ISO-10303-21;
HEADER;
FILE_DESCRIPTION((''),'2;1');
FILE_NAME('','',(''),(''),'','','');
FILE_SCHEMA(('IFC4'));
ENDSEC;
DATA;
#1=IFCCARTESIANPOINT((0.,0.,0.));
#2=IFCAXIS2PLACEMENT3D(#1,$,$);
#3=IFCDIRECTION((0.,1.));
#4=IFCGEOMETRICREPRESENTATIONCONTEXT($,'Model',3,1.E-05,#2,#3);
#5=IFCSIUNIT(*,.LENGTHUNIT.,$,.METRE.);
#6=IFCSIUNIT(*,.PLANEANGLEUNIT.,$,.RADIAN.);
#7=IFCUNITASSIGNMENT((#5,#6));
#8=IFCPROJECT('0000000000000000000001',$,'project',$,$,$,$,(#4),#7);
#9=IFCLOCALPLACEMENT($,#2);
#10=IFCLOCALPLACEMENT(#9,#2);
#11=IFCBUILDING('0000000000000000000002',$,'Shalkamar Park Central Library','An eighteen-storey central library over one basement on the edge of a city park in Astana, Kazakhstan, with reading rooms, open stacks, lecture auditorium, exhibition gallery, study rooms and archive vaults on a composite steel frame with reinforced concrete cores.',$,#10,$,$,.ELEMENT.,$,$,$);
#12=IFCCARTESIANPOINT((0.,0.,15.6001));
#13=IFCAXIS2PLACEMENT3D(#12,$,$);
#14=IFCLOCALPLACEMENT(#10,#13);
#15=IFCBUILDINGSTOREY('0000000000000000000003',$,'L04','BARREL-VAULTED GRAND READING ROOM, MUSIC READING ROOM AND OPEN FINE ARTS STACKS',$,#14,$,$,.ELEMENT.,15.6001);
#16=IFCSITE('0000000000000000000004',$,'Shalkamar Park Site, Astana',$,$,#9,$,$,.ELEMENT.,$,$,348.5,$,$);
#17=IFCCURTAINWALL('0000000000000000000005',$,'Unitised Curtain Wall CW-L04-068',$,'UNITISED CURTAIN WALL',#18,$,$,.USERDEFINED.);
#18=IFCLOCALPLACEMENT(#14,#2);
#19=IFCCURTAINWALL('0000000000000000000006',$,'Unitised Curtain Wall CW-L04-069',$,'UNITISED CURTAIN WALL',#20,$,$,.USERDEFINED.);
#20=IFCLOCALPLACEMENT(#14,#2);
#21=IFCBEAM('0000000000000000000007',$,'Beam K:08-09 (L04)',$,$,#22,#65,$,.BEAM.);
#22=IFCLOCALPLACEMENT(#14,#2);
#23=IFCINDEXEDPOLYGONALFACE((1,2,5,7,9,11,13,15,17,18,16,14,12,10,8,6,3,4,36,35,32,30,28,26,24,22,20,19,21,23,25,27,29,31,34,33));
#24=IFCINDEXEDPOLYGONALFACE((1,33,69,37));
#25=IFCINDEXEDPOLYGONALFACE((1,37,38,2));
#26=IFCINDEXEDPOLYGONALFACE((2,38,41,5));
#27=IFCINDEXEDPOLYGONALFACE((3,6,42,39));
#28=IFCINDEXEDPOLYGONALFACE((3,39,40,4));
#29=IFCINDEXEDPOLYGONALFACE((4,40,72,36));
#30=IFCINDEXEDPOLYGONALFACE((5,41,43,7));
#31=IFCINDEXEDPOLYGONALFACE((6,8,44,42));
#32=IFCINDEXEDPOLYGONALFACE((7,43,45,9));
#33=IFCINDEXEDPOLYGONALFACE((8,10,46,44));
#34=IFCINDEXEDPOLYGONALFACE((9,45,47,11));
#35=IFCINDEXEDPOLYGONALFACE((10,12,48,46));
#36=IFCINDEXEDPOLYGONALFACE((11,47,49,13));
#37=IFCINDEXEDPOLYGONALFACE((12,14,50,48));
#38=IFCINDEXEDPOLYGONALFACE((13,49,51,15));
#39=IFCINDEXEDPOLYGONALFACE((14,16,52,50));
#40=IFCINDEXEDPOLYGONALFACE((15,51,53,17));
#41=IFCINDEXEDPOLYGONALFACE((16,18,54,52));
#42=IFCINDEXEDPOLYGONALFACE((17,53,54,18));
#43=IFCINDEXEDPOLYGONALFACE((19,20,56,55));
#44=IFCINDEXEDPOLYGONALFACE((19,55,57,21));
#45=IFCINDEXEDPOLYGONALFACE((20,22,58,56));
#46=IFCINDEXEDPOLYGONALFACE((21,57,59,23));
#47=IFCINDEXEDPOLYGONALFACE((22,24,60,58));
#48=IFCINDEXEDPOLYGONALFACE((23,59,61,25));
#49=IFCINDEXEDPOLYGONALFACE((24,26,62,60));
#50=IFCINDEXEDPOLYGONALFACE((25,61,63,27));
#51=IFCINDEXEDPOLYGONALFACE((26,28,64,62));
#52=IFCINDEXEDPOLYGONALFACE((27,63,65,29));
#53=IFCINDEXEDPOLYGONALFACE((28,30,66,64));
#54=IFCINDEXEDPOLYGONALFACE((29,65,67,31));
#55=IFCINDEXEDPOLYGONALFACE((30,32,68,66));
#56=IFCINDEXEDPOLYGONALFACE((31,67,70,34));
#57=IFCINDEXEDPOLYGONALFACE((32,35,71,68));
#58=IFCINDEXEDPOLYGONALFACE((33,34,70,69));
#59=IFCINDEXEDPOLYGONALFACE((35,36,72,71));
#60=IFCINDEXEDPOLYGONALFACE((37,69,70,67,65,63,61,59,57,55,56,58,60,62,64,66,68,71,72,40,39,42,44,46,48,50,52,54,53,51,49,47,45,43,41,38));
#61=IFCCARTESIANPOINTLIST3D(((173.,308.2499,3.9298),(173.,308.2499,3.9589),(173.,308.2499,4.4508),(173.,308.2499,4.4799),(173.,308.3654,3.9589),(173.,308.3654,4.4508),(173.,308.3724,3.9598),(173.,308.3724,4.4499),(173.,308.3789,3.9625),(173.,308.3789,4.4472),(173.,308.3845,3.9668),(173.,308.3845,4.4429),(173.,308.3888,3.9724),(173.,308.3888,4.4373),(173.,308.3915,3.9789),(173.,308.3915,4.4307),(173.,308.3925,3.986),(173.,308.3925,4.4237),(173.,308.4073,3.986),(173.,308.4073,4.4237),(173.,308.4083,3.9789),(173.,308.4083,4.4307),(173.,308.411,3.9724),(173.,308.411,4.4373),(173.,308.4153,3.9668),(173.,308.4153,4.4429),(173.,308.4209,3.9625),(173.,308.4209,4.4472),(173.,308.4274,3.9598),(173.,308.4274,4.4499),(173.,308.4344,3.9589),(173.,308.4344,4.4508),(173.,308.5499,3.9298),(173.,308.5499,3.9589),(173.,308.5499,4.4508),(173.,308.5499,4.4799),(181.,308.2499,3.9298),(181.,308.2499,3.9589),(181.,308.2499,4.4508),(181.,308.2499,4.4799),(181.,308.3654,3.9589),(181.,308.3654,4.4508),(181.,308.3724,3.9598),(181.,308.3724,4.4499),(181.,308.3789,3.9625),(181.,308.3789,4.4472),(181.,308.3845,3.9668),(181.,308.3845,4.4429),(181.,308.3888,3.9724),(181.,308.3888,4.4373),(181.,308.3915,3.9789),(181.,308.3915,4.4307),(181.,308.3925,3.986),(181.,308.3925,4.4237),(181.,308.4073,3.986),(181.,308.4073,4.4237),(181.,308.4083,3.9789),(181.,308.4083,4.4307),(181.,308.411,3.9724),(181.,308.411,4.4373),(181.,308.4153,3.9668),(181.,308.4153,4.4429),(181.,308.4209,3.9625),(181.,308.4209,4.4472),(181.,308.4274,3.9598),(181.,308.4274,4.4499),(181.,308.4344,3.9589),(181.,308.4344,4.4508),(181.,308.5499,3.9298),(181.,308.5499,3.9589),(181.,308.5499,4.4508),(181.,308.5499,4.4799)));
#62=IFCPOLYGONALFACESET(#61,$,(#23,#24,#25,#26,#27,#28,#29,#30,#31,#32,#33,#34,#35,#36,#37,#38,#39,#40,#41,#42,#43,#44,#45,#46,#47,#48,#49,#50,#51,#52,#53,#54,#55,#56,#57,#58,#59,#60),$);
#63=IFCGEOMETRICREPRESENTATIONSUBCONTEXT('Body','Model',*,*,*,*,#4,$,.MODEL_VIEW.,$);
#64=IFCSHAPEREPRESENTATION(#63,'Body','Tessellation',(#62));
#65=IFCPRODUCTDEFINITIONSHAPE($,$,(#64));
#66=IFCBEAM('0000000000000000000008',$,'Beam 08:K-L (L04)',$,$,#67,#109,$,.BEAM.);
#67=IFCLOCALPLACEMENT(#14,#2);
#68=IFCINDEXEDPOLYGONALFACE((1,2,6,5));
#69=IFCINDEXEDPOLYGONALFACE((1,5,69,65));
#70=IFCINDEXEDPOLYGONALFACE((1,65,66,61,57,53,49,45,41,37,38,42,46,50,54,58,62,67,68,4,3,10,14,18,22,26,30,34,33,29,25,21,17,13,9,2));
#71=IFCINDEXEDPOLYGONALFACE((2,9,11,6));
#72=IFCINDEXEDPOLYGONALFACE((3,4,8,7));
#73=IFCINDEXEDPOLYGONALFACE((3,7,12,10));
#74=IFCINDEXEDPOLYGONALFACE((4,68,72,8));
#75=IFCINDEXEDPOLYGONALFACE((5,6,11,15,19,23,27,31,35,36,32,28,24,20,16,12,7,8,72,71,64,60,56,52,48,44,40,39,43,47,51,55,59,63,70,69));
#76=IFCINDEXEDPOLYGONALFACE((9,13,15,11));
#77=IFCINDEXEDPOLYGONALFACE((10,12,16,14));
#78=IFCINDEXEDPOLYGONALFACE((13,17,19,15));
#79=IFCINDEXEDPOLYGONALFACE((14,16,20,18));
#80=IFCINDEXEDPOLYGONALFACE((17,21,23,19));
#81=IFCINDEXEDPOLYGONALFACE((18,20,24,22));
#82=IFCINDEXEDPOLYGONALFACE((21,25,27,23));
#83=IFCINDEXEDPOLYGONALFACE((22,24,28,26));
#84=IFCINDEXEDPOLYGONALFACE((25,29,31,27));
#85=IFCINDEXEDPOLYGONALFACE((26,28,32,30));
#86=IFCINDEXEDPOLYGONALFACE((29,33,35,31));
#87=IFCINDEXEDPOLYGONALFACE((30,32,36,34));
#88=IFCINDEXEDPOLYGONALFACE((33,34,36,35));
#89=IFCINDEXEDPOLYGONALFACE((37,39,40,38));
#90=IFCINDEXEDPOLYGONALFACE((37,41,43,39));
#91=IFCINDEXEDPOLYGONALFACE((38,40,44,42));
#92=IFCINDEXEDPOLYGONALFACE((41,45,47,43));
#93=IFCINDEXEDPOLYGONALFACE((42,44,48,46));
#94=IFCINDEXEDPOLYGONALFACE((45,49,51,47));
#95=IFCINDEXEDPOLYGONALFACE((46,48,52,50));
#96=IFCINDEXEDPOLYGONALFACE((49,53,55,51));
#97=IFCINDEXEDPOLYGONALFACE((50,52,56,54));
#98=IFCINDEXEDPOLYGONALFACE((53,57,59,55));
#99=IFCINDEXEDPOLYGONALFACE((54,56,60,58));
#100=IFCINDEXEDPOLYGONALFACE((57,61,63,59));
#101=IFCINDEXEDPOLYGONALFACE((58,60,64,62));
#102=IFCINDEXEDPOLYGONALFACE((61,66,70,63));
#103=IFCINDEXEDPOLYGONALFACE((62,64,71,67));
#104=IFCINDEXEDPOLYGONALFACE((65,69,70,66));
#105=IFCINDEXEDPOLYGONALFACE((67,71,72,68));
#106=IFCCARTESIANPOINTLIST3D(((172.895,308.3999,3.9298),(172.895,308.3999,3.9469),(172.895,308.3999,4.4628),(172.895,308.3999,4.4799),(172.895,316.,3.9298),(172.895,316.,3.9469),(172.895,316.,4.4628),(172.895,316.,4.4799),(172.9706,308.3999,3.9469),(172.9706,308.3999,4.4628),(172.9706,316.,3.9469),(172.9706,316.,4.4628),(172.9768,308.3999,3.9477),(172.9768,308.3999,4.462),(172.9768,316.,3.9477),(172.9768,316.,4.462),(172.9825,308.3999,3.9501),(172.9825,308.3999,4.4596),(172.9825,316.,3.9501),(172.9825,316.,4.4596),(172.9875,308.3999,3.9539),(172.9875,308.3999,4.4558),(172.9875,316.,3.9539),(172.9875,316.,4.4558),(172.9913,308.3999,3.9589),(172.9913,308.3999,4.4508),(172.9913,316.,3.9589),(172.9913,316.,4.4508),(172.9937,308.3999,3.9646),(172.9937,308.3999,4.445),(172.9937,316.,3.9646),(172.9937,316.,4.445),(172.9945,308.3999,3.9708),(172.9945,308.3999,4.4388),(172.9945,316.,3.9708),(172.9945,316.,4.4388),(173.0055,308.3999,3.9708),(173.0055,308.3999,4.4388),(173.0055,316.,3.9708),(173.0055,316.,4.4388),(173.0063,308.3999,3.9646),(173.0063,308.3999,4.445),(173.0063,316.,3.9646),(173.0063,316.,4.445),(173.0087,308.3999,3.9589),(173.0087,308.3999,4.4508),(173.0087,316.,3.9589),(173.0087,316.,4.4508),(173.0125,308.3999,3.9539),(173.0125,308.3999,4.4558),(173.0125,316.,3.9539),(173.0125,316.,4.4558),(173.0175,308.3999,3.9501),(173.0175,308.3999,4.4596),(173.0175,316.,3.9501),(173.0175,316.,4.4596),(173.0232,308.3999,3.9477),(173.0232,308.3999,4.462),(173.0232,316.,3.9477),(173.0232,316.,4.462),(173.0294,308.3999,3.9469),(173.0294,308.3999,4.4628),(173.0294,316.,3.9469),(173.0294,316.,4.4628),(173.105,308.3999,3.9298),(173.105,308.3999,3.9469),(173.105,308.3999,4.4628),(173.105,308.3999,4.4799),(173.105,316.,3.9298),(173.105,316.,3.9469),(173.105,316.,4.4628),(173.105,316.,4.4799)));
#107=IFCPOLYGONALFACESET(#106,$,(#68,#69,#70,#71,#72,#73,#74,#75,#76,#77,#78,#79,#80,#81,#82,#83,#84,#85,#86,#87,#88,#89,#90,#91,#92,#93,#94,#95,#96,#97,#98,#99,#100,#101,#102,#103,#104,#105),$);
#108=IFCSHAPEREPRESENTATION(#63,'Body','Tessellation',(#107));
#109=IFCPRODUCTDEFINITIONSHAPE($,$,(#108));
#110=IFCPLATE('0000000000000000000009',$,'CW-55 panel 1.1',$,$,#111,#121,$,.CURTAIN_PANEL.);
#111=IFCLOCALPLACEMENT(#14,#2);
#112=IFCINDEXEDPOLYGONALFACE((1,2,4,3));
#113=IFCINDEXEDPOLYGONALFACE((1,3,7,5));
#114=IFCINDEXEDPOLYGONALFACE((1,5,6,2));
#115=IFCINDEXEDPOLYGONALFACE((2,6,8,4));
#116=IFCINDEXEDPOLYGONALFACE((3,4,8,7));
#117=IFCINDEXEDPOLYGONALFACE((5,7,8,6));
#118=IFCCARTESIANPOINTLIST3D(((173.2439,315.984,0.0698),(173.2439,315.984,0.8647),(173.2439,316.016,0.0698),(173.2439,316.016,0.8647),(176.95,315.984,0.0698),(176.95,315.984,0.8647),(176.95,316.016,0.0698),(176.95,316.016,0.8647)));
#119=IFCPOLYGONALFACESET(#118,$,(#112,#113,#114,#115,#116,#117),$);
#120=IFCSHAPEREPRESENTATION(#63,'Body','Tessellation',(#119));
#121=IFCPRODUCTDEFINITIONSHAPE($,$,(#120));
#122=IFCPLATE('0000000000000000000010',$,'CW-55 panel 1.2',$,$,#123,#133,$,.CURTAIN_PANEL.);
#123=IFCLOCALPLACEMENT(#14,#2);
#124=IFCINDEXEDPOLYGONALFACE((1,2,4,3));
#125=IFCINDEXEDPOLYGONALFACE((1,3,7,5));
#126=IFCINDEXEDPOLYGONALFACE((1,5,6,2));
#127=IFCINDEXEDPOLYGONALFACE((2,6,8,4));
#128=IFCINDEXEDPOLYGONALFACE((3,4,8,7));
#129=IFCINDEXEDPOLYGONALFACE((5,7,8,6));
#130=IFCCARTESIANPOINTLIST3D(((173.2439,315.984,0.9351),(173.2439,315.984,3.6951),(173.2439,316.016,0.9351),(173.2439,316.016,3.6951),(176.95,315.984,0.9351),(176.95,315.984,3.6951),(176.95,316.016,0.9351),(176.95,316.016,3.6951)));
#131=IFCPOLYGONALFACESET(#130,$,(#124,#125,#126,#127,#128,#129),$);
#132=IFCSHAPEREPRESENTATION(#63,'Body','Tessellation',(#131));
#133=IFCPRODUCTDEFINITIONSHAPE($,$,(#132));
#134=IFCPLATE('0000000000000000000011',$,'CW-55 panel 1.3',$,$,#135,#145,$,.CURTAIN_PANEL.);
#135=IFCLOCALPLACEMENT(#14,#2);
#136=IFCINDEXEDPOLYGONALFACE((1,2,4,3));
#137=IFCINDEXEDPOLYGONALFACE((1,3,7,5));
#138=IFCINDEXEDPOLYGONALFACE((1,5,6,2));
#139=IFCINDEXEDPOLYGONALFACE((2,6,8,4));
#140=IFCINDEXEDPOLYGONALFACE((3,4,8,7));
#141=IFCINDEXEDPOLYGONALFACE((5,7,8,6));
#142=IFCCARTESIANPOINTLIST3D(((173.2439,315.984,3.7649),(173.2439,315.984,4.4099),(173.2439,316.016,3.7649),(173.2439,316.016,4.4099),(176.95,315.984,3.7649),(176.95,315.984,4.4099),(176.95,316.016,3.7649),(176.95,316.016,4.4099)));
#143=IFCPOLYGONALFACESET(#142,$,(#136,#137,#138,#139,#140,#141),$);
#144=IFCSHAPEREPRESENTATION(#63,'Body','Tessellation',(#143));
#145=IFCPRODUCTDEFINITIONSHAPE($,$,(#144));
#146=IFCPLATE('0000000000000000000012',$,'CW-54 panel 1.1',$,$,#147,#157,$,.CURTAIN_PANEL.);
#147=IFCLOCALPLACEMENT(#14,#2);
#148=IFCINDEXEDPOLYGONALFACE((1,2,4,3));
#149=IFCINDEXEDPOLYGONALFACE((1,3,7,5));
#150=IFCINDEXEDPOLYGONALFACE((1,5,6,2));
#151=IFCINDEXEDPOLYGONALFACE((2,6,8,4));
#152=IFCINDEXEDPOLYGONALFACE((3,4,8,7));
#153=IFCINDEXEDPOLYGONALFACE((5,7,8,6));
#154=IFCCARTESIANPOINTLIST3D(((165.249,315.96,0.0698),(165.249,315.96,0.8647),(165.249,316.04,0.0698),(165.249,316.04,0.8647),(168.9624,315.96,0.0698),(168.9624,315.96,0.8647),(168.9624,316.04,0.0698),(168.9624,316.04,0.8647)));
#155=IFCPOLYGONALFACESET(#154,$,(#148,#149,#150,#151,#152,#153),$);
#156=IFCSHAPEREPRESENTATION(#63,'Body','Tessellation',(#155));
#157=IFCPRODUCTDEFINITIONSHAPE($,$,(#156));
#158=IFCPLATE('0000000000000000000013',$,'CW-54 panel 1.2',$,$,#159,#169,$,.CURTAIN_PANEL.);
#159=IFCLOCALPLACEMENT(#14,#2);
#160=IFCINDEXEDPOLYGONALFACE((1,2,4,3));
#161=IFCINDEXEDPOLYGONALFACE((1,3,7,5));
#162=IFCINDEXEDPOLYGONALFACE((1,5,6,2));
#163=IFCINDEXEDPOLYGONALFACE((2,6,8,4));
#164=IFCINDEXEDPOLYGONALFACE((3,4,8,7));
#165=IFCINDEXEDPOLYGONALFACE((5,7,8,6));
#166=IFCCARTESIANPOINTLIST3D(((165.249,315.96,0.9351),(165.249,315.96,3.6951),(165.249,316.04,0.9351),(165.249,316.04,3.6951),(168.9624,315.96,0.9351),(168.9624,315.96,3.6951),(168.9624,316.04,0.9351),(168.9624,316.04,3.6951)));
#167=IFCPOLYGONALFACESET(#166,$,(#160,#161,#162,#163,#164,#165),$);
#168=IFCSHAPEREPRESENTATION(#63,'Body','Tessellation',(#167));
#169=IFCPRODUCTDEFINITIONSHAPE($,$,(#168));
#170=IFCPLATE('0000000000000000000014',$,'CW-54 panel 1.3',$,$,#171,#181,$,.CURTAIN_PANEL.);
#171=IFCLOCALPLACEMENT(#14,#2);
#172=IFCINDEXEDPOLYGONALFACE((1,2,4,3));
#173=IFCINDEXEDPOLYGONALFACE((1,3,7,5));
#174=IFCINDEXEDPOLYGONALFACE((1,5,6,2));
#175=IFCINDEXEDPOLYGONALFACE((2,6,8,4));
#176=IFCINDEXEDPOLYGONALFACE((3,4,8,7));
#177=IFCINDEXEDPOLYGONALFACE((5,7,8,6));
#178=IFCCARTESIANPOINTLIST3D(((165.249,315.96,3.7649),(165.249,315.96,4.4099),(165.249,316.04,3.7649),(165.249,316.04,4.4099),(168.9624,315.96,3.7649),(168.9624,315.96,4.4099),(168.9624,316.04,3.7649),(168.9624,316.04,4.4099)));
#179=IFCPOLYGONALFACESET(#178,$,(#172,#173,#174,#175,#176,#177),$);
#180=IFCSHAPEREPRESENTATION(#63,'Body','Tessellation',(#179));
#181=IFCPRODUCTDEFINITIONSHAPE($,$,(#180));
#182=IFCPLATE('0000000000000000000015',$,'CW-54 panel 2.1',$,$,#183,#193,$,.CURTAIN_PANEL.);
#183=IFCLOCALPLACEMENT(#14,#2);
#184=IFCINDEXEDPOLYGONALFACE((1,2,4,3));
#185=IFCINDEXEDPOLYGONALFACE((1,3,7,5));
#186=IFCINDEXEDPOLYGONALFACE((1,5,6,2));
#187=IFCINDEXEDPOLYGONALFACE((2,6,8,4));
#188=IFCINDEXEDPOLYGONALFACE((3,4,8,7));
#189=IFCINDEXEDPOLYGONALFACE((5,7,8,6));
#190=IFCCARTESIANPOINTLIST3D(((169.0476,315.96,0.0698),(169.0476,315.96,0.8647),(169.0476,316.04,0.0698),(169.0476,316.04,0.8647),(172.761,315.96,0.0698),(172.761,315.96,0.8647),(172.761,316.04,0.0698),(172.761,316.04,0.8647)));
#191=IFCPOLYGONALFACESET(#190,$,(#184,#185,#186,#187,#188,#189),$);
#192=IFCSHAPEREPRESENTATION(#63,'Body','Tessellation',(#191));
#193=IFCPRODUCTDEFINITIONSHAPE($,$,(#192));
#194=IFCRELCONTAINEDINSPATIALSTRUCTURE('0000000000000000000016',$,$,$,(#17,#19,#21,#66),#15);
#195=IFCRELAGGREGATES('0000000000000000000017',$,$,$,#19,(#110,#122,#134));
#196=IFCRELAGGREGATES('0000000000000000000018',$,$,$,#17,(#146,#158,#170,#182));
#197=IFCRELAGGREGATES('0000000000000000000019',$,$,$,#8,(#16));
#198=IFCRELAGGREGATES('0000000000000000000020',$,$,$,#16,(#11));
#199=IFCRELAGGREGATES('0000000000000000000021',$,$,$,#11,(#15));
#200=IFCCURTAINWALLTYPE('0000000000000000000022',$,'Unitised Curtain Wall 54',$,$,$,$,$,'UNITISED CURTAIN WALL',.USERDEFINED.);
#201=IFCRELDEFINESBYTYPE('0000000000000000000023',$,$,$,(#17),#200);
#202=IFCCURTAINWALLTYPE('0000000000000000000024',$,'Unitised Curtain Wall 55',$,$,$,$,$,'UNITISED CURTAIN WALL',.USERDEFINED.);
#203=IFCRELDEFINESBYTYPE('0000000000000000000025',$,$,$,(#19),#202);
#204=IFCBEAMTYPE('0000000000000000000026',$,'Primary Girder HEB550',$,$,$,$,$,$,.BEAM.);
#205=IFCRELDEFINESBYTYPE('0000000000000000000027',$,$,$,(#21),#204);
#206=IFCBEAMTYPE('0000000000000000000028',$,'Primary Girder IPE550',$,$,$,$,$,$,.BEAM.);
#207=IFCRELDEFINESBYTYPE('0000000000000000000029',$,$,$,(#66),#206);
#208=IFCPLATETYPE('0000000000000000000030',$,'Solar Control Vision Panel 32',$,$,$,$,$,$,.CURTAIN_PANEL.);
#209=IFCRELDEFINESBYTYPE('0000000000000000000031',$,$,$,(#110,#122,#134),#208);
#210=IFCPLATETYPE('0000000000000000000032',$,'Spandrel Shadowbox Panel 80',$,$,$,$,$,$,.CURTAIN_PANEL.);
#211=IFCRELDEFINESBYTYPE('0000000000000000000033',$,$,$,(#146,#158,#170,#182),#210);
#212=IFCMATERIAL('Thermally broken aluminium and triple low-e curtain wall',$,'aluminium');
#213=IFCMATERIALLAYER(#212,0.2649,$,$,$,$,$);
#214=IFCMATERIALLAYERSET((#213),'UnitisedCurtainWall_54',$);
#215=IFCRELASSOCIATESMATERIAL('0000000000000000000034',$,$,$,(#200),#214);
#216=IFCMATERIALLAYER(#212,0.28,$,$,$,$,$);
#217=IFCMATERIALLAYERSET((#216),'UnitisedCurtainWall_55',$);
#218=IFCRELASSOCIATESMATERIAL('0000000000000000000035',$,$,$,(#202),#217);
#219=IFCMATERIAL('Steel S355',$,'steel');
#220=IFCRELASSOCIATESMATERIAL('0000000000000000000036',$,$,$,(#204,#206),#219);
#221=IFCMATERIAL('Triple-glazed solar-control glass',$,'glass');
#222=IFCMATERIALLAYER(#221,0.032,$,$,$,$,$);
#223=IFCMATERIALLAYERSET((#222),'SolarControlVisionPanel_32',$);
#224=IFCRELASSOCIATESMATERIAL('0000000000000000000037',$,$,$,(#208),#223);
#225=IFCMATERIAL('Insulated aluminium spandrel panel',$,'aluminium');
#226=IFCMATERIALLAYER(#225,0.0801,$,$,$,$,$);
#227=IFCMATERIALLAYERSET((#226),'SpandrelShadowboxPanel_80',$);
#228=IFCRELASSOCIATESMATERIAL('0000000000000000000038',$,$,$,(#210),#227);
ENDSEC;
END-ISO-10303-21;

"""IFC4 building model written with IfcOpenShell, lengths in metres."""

from ifc_helpers import new_model, si_unit, direction, frame, origin, origin_2d, place, context, subcontext, project, spatial, rectangle, i_section, extrude, material, layer, layer_set, material_profile, profile_set, type_object, element, aggregate, save


model = new_model("IFC4")

# Units and contexts
model_context = context("Model", 3, precision=1e-05, world=origin(), true_north=direction((0.0, 1.0)))
body_context = subcontext(model_context, "Body", "Model", "MODEL_VIEW")
ifc_project = project(units=[si_unit("LENGTHUNIT", "METRE"), si_unit("PLANEANGLEUNIT", "RADIAN")], contexts=[model_context])

# Site, building, storey
site_placement = place(None, origin())
site = spatial("IfcSite", under=ifc_project, at=site_placement, Name="Shalkamar Park Site, Astana", CompositionType="ELEMENT", RefElevation=348.5)
building_placement = place(site_placement, origin())
building = spatial("IfcBuilding", under=site, at=building_placement, Name="Shalkamar Park Central Library", Description="An eighteen-storey central library over one basement on the edge of a city park in Astana, Kazakhstan, with reading rooms, open stacks, lecture auditorium, exhibition gallery, study rooms and archive vaults on a composite steel frame with reinforced concrete cores.", CompositionType="ELEMENT")
storey_placement = place(building_placement, frame((0.0, 0.0, 15.6001)))
storey = spatial("IfcBuildingStorey", under=building, at=storey_placement, Name="L04", Description="BARREL-VAULTED GRAND READING ROOM, MUSIC READING ROOM AND OPEN FINE ARTS STACKS", CompositionType="ELEMENT", Elevation=15.6001)

# Shared definitions
ifc_material_1 = material(Name="Steel S355", Category="steel")

# Curtain walls
ifc_material_2 = material(Name="Thermally broken aluminium and triple low-e curtain wall", Category="aluminium")
ifc_layer_1 = layer(ifc_material_2, 0.2649)
ifc_layer_set_1 = layer_set([ifc_layer_1], Name="UnitisedCurtainWall_54")
curtain_wall_type_1 = type_object("IfcCurtainWallType", Name="Unitised Curtain Wall 54", ElementType="UNITISED CURTAIN WALL", PredefinedType="USERDEFINED", material=ifc_layer_set_1)
curtain_wall_1_placement = place(storey_placement, origin())
curtain_wall_1 = element("IfcCurtainWall", 1, at=curtain_wall_1_placement, inside=storey, type_object=curtain_wall_type_1, Name="Unitised Curtain Wall CW-L04-068", ObjectType="UNITISED CURTAIN WALL", PredefinedType="USERDEFINED")
ifc_layer_2 = layer(ifc_material_2, 0.28)
ifc_layer_set_2 = layer_set([ifc_layer_2], Name="UnitisedCurtainWall_55")
curtain_wall_type_2 = type_object("IfcCurtainWallType", Name="Unitised Curtain Wall 55", ElementType="UNITISED CURTAIN WALL", PredefinedType="USERDEFINED", material=ifc_layer_set_2)
curtain_wall_2_placement = place(storey_placement, origin())
curtain_wall_2 = element("IfcCurtainWall", 2, at=curtain_wall_2_placement, inside=storey, type_object=curtain_wall_type_2, Name="Unitised Curtain Wall CW-L04-069", ObjectType="UNITISED CURTAIN WALL", PredefinedType="USERDEFINED")

# Beams
ifc_material_profile_1 = material_profile(ifc_material_1, i_section(OverallWidth=0.3, OverallDepth=0.55, WebThickness=0.0149, FlangeThickness=0.0291, FilletRadius=0.0271, at=origin_2d()), Name="HEB 550")
ifc_profile_set_1 = profile_set([ifc_material_profile_1], Name="Steel S355")
beam_type_1 = type_object("IfcBeamType", Name="Primary Girder HEB550", PredefinedType="BEAM", material=ifc_profile_set_1)
beam_1_placement = place(storey_placement, frame((173.0, 308.3999, 4.2048), z_axis=(1.0, 0.0, 0.0), x_axis=(0.0, 1.0, 0.0)))
element("IfcBeam", 3, at=beam_1_placement, inside=storey, type_object=beam_type_1, Name="Beam K:08-09 (L04)", PredefinedType="BEAM", context=body_context, shape_type="SweptSolid", body=[
    extrude(i_section(OverallWidth=0.3, OverallDepth=0.55, WebThickness=0.0149, FlangeThickness=0.0291, FilletRadius=0.0271, at=origin_2d()), origin(), (0.0, 0.0, 1.0), 8.0),
])
ifc_material_profile_2 = material_profile(ifc_material_1, i_section(OverallWidth=0.21, OverallDepth=0.55, WebThickness=0.011, FlangeThickness=0.0171, FilletRadius=0.0239, at=origin_2d()), Name="IPE 550")
ifc_profile_set_2 = profile_set([ifc_material_profile_2], Name="Steel S355")
beam_type_2 = type_object("IfcBeamType", Name="Primary Girder IPE550", PredefinedType="BEAM", material=ifc_profile_set_2)
beam_2_placement = place(storey_placement, frame((173.0, 308.3999, 4.2048), z_axis=(0.0, 1.0, 0.0), x_axis=(-1.0, 0.0, 0.0)))
element("IfcBeam", 4, at=beam_2_placement, inside=storey, type_object=beam_type_2, Name="Beam 08:K-L (L04)", PredefinedType="BEAM", context=body_context, shape_type="SweptSolid", body=[
    extrude(i_section(OverallWidth=0.21, OverallDepth=0.55, WebThickness=0.011, FlangeThickness=0.0171, FilletRadius=0.0239, at=origin_2d()), origin(), (0.0, 0.0, 1.0), 7.6001),
])

# Plates
ifc_material_3 = material(Name="Triple-glazed solar-control glass", Category="glass")
ifc_layer_3 = layer(ifc_material_3, 0.032)
ifc_layer_set_3 = layer_set([ifc_layer_3], Name="SolarControlVisionPanel_32")
plate_type_1 = type_object("IfcPlateType", Name="Solar Control Vision Panel 32", PredefinedType="CURTAIN_PANEL", material=ifc_layer_set_3)
plate_1_placement = place(storey_placement, frame((175.0969, 316.0, 0.0698), z_axis=(0.0, 0.0, 1.0), x_axis=(1.0, 0.0, 0.0)))
plate_1 = element("IfcPlate", 5, at=plate_1_placement, type_object=plate_type_1, Name="CW-55 panel 1.1", PredefinedType="CURTAIN_PANEL", context=body_context, shape_type="SweptSolid", body=[
    extrude(rectangle(XDim=3.7061, YDim=0.032, at=origin_2d()), origin(), (0.0, 0.0, 1.0), 0.7949),
])
plate_2_placement = place(storey_placement, frame((175.0969, 316.0, 0.9351), z_axis=(0.0, 0.0, 1.0), x_axis=(1.0, 0.0, 0.0)))
plate_2 = element("IfcPlate", 6, at=plate_2_placement, type_object=plate_type_1, Name="CW-55 panel 1.2", PredefinedType="CURTAIN_PANEL", context=body_context, shape_type="SweptSolid", body=[
    extrude(rectangle(XDim=3.7061, YDim=0.032, at=origin_2d()), origin(), (0.0, 0.0, 1.0), 2.76),
])
plate_3_placement = place(storey_placement, frame((175.0969, 316.0, 3.7649), z_axis=(0.0, 0.0, 1.0), x_axis=(1.0, 0.0, 0.0)))
plate_3 = element("IfcPlate", 7, at=plate_3_placement, type_object=plate_type_1, Name="CW-55 panel 1.3", PredefinedType="CURTAIN_PANEL", context=body_context, shape_type="SweptSolid", body=[
    extrude(rectangle(XDim=3.7061, YDim=0.032, at=origin_2d()), origin(), (0.0, 0.0, 1.0), 0.645),
])
aggregate(curtain_wall_2, [plate_1, plate_2, plate_3])
ifc_material_4 = material(Name="Insulated aluminium spandrel panel", Category="aluminium")
ifc_layer_4 = layer(ifc_material_4, 0.0801)
ifc_layer_set_4 = layer_set([ifc_layer_4], Name="SpandrelShadowboxPanel_80")
plate_type_2 = type_object("IfcPlateType", Name="Spandrel Shadowbox Panel 80", PredefinedType="CURTAIN_PANEL", material=ifc_layer_set_4)
plate_4_placement = place(storey_placement, frame((167.1057, 316.0, 0.0698), z_axis=(0.0, 0.0, 1.0), x_axis=(1.0, 0.0, 0.0)))
plate_4 = element("IfcPlate", 8, at=plate_4_placement, type_object=plate_type_2, Name="CW-54 panel 1.1", PredefinedType="CURTAIN_PANEL", context=body_context, shape_type="SweptSolid", body=[
    extrude(rectangle(XDim=3.7134, YDim=0.0801, at=origin_2d()), origin(), (0.0, 0.0, 1.0), 0.7949),
])
plate_5_placement = place(storey_placement, frame((167.1057, 316.0, 0.9351), z_axis=(0.0, 0.0, 1.0), x_axis=(1.0, 0.0, 0.0)))
plate_5 = element("IfcPlate", 9, at=plate_5_placement, type_object=plate_type_2, Name="CW-54 panel 1.2", PredefinedType="CURTAIN_PANEL", context=body_context, shape_type="SweptSolid", body=[
    extrude(rectangle(XDim=3.7134, YDim=0.0801, at=origin_2d()), origin(), (0.0, 0.0, 1.0), 2.76),
])
plate_6_placement = place(storey_placement, frame((167.1057, 316.0, 3.7649), z_axis=(0.0, 0.0, 1.0), x_axis=(1.0, 0.0, 0.0)))
plate_6 = element("IfcPlate", 10, at=plate_6_placement, type_object=plate_type_2, Name="CW-54 panel 1.3", PredefinedType="CURTAIN_PANEL", context=body_context, shape_type="SweptSolid", body=[
    extrude(rectangle(XDim=3.7134, YDim=0.0801, at=origin_2d()), origin(), (0.0, 0.0, 1.0), 0.645),
])
plate_7_placement = place(storey_placement, frame((170.9043, 316.0, 0.0698), z_axis=(0.0, 0.0, 1.0), x_axis=(1.0, 0.0, 0.0)))
plate_7 = element("IfcPlate", 11, at=plate_7_placement, type_object=plate_type_2, Name="CW-54 panel 2.1", PredefinedType="CURTAIN_PANEL", context=body_context, shape_type="SweptSolid", body=[
    extrude(rectangle(XDim=3.7134, YDim=0.0801, at=origin_2d()), origin(), (0.0, 0.0, 1.0), 0.7949),
])
aggregate(curtain_wall_1, [plate_4, plate_5, plate_6, plate_7])

save(model, "model.ifc")
